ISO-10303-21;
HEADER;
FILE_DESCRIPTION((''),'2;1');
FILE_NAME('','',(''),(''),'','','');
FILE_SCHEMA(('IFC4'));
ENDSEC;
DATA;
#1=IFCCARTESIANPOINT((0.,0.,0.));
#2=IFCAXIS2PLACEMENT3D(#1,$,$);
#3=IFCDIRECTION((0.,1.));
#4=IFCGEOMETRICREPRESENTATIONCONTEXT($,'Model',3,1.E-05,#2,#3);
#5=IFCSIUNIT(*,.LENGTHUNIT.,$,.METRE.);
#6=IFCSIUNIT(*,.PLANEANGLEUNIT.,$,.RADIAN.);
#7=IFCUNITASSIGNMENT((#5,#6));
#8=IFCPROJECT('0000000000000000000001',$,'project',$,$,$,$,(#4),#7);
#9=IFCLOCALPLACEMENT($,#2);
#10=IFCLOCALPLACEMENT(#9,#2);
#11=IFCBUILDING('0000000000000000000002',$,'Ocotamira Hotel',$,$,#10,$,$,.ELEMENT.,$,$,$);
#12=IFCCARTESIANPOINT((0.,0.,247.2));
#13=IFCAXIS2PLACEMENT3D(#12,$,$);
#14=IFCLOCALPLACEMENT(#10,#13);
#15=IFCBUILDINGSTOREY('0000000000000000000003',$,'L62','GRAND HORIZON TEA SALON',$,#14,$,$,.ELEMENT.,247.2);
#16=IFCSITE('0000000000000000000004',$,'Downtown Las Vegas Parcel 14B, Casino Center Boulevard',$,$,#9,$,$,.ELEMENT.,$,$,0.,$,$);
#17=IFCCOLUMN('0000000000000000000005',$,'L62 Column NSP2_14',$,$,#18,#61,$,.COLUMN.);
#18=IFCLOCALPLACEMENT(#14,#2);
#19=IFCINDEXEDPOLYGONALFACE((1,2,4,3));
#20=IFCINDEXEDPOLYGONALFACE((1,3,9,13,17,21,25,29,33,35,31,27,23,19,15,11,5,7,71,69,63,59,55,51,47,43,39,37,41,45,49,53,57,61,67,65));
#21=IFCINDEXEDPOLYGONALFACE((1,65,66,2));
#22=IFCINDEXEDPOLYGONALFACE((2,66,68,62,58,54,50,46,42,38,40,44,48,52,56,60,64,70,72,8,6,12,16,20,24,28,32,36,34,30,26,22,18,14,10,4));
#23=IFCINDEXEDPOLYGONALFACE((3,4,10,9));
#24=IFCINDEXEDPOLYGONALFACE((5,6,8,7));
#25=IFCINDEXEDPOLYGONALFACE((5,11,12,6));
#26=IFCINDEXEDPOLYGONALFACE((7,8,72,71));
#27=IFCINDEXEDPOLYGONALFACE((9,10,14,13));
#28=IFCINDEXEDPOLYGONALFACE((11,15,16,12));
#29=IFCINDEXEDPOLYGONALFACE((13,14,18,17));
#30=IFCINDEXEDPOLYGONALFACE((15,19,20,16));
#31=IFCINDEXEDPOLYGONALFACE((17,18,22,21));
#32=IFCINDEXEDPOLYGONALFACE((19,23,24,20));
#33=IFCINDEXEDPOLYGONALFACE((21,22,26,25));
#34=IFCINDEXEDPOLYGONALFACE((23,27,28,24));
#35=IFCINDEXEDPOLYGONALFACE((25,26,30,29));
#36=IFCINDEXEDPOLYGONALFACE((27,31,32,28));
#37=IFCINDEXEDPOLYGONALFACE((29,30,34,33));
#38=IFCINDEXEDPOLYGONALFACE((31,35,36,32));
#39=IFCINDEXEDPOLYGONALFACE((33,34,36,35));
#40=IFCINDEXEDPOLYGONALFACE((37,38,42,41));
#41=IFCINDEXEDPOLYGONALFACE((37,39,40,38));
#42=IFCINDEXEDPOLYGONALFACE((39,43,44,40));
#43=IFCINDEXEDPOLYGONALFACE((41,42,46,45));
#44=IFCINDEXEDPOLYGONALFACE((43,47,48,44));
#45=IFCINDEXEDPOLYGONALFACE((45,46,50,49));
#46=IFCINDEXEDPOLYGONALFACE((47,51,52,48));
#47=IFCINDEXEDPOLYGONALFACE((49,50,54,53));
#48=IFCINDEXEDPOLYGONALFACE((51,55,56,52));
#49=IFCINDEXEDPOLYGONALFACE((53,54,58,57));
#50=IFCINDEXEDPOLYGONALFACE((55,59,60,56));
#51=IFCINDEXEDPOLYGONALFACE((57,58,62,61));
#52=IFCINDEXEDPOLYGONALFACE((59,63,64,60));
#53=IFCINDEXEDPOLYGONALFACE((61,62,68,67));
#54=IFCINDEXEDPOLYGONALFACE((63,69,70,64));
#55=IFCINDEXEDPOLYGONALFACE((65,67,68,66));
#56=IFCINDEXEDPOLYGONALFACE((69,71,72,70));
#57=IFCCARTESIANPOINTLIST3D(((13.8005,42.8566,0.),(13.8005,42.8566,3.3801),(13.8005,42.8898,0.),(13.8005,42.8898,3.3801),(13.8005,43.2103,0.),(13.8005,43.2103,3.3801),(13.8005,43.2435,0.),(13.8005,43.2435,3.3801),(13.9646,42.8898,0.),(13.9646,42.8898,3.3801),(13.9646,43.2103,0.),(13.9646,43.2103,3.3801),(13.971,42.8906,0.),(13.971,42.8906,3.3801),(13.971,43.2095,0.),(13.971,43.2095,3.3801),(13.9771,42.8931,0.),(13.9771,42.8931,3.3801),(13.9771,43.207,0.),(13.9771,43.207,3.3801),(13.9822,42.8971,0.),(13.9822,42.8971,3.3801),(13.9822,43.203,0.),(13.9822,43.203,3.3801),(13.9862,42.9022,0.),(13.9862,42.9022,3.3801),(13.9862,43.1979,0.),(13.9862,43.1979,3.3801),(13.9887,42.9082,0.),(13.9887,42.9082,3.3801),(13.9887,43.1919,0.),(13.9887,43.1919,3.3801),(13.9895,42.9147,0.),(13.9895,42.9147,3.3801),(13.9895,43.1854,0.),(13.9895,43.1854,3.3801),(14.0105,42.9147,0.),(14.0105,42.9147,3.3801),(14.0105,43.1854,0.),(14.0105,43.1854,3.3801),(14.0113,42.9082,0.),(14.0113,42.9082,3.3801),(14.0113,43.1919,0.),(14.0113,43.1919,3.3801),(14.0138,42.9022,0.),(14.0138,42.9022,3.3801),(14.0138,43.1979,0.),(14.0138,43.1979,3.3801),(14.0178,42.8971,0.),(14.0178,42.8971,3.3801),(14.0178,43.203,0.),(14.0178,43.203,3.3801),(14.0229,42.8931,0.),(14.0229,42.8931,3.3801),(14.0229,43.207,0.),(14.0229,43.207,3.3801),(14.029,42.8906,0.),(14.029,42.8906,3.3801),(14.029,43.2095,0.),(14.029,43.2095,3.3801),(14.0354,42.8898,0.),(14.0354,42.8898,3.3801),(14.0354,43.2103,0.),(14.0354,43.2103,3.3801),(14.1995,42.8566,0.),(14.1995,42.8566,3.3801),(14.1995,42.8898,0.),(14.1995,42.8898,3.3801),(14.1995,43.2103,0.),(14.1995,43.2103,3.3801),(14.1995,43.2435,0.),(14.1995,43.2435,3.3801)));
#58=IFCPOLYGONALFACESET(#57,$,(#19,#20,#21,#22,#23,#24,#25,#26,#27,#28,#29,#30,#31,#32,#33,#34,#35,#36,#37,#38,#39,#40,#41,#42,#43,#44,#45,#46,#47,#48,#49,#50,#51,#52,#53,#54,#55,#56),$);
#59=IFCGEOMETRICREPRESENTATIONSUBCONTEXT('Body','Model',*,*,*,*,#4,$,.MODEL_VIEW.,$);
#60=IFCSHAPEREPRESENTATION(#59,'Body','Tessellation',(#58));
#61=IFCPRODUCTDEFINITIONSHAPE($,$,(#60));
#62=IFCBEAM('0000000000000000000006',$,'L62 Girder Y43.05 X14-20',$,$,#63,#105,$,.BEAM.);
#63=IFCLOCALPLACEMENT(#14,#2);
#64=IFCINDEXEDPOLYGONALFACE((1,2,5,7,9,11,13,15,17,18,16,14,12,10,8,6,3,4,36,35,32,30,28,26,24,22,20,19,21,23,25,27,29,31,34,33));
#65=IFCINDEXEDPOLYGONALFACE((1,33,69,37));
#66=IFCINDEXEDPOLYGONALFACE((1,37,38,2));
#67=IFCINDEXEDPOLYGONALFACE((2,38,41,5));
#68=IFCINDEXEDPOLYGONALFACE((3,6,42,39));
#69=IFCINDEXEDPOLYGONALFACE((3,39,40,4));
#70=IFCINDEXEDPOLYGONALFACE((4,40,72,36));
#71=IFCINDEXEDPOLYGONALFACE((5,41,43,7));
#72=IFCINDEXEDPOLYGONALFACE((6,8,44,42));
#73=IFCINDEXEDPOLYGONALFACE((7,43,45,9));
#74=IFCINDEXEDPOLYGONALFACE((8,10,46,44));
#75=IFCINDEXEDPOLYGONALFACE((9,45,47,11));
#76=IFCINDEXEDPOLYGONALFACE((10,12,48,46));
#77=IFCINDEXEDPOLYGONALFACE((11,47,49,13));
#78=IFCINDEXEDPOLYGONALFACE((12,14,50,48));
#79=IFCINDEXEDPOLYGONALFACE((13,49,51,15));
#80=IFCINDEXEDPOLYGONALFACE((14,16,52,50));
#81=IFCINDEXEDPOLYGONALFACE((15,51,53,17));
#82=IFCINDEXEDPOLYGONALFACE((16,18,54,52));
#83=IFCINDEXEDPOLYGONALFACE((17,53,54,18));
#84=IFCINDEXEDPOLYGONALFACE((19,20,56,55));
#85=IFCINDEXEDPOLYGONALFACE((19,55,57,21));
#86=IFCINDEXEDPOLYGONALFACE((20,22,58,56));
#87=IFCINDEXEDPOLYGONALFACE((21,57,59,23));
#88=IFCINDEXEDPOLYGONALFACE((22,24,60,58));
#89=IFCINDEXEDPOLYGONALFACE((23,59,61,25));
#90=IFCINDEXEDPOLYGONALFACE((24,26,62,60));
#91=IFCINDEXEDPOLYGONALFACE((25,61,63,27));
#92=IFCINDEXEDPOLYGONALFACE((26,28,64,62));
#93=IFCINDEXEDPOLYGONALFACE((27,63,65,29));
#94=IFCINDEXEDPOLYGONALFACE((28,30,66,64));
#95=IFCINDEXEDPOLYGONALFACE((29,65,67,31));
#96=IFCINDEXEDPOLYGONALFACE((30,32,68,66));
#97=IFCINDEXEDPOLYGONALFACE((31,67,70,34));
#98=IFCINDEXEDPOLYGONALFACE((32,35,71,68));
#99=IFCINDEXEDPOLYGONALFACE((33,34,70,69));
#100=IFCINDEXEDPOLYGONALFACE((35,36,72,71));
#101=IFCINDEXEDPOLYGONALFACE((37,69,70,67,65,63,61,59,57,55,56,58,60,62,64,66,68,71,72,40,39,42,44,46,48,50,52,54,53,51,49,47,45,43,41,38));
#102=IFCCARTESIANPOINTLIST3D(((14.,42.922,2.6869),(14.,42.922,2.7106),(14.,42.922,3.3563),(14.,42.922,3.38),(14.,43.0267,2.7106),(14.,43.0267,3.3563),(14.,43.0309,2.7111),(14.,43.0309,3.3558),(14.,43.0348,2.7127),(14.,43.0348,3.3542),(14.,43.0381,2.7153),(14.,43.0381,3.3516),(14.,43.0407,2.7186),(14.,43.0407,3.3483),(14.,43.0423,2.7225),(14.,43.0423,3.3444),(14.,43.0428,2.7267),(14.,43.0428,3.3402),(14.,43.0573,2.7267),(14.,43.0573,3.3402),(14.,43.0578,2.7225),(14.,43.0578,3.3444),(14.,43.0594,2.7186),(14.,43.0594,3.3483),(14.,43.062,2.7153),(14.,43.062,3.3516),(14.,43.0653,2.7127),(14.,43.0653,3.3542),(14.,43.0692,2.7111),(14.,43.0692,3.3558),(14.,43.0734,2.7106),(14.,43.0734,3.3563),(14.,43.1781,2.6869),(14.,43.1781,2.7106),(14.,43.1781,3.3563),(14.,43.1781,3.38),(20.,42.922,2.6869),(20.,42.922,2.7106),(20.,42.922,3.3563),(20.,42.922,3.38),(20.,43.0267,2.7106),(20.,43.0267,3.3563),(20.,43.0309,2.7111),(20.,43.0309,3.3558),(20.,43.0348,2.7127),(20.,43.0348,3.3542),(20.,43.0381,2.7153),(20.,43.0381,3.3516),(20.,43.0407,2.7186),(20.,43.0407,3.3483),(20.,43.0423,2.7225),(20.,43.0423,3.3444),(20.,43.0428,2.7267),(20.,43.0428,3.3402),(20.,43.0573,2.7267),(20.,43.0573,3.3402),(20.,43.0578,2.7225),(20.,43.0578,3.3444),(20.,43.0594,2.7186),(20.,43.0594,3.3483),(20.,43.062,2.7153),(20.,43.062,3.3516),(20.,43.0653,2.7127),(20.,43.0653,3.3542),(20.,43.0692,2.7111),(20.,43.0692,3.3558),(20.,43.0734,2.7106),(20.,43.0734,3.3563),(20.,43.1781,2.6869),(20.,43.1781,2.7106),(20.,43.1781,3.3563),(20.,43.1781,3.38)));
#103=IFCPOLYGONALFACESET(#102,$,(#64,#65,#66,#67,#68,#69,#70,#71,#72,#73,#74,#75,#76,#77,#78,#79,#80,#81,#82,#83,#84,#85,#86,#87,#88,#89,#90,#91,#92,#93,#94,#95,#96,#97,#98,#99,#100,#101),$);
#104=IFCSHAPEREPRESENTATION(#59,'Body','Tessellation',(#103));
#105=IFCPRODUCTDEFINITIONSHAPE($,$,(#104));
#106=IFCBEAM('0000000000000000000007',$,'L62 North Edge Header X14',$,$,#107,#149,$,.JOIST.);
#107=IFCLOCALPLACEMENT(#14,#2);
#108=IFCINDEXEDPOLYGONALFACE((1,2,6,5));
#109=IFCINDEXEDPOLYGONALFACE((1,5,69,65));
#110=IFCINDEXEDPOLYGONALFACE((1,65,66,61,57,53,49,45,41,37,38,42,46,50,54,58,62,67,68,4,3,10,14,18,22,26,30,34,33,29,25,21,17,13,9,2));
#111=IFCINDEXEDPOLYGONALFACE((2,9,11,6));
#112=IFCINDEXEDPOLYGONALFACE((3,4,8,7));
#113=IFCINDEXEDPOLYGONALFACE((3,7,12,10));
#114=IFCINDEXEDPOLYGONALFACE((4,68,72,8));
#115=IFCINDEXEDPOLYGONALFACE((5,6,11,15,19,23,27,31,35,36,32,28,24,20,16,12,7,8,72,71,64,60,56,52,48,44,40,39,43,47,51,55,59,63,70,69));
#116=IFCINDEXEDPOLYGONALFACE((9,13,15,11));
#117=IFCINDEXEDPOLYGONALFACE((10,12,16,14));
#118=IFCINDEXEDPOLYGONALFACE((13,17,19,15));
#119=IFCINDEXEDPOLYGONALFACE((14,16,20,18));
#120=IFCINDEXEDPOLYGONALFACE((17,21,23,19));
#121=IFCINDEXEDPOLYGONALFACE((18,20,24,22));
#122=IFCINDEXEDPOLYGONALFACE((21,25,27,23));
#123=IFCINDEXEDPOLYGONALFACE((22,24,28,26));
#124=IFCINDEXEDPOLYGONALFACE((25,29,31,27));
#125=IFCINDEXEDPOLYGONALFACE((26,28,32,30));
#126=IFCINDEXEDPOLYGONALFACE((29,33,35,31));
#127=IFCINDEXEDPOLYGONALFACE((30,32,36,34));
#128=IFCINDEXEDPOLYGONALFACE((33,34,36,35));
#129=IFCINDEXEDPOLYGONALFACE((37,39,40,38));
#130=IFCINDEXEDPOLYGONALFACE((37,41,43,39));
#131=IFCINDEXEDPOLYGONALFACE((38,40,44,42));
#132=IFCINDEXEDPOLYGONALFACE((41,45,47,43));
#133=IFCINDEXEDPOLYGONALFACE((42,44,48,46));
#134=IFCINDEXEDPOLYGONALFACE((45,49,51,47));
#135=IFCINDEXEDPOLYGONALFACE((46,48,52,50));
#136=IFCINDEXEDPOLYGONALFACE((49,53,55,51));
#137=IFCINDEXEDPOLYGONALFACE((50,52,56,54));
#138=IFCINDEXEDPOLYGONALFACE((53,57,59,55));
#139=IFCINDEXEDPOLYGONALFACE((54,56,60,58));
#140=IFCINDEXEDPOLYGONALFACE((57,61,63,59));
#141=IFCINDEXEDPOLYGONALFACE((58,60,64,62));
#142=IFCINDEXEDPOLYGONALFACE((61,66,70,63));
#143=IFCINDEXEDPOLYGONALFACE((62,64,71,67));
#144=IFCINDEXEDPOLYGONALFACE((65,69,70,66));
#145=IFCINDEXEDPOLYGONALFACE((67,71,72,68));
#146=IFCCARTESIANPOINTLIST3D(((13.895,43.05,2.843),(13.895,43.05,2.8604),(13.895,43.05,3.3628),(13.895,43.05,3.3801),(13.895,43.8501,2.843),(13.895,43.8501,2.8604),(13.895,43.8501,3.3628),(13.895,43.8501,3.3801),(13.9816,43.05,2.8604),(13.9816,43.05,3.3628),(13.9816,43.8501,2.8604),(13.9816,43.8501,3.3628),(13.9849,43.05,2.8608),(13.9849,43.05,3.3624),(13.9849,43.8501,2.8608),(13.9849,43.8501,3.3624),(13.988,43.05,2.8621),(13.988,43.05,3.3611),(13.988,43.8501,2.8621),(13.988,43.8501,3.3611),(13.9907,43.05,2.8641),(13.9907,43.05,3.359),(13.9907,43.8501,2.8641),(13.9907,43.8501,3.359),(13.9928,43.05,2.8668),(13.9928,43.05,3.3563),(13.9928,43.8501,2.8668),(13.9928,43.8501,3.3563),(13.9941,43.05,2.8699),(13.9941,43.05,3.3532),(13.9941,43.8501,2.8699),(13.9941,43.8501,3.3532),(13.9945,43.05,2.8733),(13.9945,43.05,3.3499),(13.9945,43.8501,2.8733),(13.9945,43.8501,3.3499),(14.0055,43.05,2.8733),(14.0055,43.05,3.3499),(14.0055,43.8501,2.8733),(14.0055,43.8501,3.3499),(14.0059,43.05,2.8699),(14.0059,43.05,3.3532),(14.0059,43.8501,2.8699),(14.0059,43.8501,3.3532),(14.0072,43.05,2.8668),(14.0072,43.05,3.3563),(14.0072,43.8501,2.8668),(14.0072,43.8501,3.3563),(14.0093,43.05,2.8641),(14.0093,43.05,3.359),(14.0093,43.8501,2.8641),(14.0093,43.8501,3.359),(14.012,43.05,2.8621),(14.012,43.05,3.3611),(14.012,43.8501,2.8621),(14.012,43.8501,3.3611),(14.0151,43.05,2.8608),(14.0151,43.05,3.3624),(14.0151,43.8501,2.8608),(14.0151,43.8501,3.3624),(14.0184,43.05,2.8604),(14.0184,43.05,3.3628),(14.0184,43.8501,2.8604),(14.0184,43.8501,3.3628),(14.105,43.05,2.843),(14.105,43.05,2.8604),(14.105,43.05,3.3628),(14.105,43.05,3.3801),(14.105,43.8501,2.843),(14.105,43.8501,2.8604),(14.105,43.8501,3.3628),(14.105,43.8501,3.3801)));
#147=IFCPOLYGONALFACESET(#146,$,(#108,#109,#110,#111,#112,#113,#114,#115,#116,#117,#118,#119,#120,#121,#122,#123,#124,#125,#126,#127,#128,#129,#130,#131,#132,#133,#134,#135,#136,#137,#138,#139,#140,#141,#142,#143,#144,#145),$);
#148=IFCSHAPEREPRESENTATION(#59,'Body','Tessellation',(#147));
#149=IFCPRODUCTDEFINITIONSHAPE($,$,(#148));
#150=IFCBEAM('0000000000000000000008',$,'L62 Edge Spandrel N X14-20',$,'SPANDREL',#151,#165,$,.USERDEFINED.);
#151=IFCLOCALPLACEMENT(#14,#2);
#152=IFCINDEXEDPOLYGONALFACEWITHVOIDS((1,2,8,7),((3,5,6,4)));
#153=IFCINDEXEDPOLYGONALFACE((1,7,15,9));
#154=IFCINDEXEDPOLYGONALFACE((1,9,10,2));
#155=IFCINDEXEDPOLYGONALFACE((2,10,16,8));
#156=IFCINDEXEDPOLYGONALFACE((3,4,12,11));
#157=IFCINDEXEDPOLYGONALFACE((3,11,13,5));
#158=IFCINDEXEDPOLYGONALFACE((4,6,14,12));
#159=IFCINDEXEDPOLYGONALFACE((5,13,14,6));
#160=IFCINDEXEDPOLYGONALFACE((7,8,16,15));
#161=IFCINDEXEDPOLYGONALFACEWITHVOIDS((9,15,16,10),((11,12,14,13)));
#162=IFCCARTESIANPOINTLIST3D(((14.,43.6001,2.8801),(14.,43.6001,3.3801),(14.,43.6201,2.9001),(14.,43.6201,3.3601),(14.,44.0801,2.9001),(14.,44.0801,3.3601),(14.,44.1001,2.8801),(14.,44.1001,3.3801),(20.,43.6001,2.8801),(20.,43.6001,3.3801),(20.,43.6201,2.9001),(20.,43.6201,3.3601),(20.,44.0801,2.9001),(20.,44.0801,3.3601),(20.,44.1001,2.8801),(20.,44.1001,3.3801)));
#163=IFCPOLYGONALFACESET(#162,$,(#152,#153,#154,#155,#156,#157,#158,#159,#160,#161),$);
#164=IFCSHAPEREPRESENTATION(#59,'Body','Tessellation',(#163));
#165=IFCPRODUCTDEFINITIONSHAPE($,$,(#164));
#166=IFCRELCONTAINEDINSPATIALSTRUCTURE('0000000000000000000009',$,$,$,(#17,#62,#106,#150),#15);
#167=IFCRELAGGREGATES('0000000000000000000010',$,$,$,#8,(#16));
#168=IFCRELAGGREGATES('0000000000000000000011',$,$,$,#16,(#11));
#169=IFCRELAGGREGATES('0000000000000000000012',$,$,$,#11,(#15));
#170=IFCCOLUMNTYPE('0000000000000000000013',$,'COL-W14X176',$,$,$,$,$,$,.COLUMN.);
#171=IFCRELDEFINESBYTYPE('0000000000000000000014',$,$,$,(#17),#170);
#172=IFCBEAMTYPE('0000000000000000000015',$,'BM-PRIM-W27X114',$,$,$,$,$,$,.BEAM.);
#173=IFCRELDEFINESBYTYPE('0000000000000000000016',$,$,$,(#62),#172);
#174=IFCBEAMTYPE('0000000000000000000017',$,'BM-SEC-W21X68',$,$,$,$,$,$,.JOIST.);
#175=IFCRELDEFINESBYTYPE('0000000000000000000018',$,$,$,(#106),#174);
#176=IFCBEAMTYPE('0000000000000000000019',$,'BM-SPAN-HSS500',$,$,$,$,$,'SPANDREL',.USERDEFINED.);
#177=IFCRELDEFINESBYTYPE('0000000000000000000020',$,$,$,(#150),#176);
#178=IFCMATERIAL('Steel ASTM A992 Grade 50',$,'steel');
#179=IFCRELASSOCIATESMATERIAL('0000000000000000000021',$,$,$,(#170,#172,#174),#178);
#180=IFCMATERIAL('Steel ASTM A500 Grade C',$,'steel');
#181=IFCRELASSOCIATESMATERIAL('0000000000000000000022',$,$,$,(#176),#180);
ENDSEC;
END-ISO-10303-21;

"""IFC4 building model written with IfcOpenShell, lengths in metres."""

from ifc_helpers import new_model, si_unit, direction, frame, origin, origin_2d, place, context, subcontext, project, spatial, hollow_rectangle, i_section, extrude, source, transform, mapped, material, material_profile, profile_set, type_object, element, save


model = new_model("IFC4")

# Units and contexts
model_context = context("Model", 3, precision=1e-05, world=origin(), true_north=direction((0.0, 1.0)))
body_context = subcontext(model_context, "Body", "Model", "MODEL_VIEW")
ifc_project = project(units=[si_unit("LENGTHUNIT", "METRE"), si_unit("PLANEANGLEUNIT", "RADIAN")], contexts=[model_context])

# Site, building, storey
site_placement = place(None, origin())
site = spatial("IfcSite", under=ifc_project, at=site_placement, Name="Downtown Las Vegas Parcel 14B, Casino Center Boulevard", CompositionType="ELEMENT", RefElevation=0.0)
building_placement = place(site_placement, origin())
building = spatial("IfcBuilding", under=site, at=building_placement, Name="Ocotamira Hotel", CompositionType="ELEMENT")
storey_placement = place(building_placement, frame((0.0, 0.0, 247.2)))
storey = spatial("IfcBuildingStorey", under=building, at=storey_placement, Name="L62", Description="GRAND HORIZON TEA SALON", CompositionType="ELEMENT", Elevation=247.2)

# Column
ifc_material_1 = material(Name="Steel ASTM A992 Grade 50", Category="steel")
ifc_material_profile_1 = material_profile(ifc_material_1, i_section(OverallWidth=0.3989, OverallDepth=0.387, WebThickness=0.021, FlangeThickness=0.0332, FilletRadius=0.0249, at=origin_2d()), Name="W14X176")
ifc_profile_set_1 = profile_set([ifc_material_profile_1], Name="Steel ASTM A992 Grade 50")
column_type = type_object("IfcColumnType", Name="COL-W14X176", PredefinedType="COLUMN", material=ifc_profile_set_1)
shared_shape_1 = source(origin(), body_context, "Body", "SweptSolid", [
    extrude(i_section(OverallWidth=0.3989, OverallDepth=0.387, WebThickness=0.021, FlangeThickness=0.0332, FilletRadius=0.0249, at=origin_2d()), origin(), (0.0, 0.0, 1.0), 3.3801),
])
column_placement = place(storey_placement, frame((14.0, 43.05, 0.0), z_axis=(0.0, 0.0, 1.0), x_axis=(1.0, 0.0, 0.0)))
element("IfcColumn", 1, at=column_placement, inside=storey, type_object=column_type, Name="L62 Column NSP2_14", PredefinedType="COLUMN", context=body_context, shape_type="MappedRepresentation", body=[
    mapped(shared_shape_1, transform((0.0, 0.0, 0.0), scale=1.0)),
])

# Beams
ifc_material_profile_2 = material_profile(ifc_material_1, i_section(OverallWidth=0.2561, OverallDepth=0.6931, WebThickness=0.0144, FlangeThickness=0.0237, FilletRadius=0.0161, at=origin_2d()), Name="W27X114")
ifc_profile_set_2 = profile_set([ifc_material_profile_2], Name="Steel ASTM A992 Grade 50")
beam_type_1 = type_object("IfcBeamType", Name="BM-PRIM-W27X114", PredefinedType="BEAM", material=ifc_profile_set_2)
shared_shape_2 = source(origin(), body_context, "Body", "SweptSolid", [
    extrude(i_section(OverallWidth=0.2561, OverallDepth=0.6931, WebThickness=0.0144, FlangeThickness=0.0237, FilletRadius=0.0161, at=origin_2d()), origin(), (0.0, 0.0, 1.0), 6.0),
])
beam_1_placement = place(storey_placement, frame((14.0, 43.05, 3.0334), z_axis=(1.0, 0.0, 0.0), x_axis=(0.0, 1.0, 0.0)))
element("IfcBeam", 2, at=beam_1_placement, inside=storey, type_object=beam_type_1, Name="L62 Girder Y43.05 X14-20", PredefinedType="BEAM", context=body_context, shape_type="MappedRepresentation", body=[
    mapped(shared_shape_2, transform((0.0, 0.0, 0.0), scale=1.0)),
])
ifc_material_profile_3 = material_profile(ifc_material_1, i_section(OverallWidth=0.21, OverallDepth=0.5371, WebThickness=0.011, FlangeThickness=0.0173, FilletRadius=0.0129, at=origin_2d()), Name="W21X68")
ifc_profile_set_3 = profile_set([ifc_material_profile_3], Name="Steel ASTM A992 Grade 50")
beam_type_2 = type_object("IfcBeamType", Name="BM-SEC-W21X68", PredefinedType="JOIST", material=ifc_profile_set_3)
shared_shape_3 = source(origin(), body_context, "Body", "SweptSolid", [
    extrude(i_section(OverallWidth=0.21, OverallDepth=0.5371, WebThickness=0.011, FlangeThickness=0.0173, FilletRadius=0.0129, at=origin_2d()), origin(), (0.0, 0.0, 1.0), 0.8),
])
beam_2_placement = place(storey_placement, frame((14.0, 43.05, 3.1116), z_axis=(0.0, 1.0, 0.0), x_axis=(-1.0, 0.0, 0.0)))
element("IfcBeam", 3, at=beam_2_placement, inside=storey, type_object=beam_type_2, Name="L62 North Edge Header X14", PredefinedType="JOIST", context=body_context, shape_type="MappedRepresentation", body=[
    mapped(shared_shape_3, transform((0.0, 0.0, 0.0), scale=1.0)),
])
ifc_material_2 = material(Name="Steel ASTM A500 Grade C", Category="steel")
ifc_material_profile_4 = material_profile(ifc_material_2, hollow_rectangle(XDim=0.5, YDim=0.5, WallThickness=0.02, at=origin_2d()), Name="HSS500X500X20")
ifc_profile_set_4 = profile_set([ifc_material_profile_4], Name="Steel ASTM A500 Grade C")
beam_type_3 = type_object("IfcBeamType", Name="BM-SPAN-HSS500", ElementType="SPANDREL", PredefinedType="USERDEFINED", material=ifc_profile_set_4)
shared_shape_4 = source(origin(), body_context, "Body", "SweptSolid", [
    extrude(hollow_rectangle(XDim=0.5, YDim=0.5, WallThickness=0.02, at=origin_2d()), origin(), (0.0, 0.0, 1.0), 6.0),
])
beam_3_placement = place(storey_placement, frame((14.0, 43.8501, 3.1301), z_axis=(1.0, 0.0, 0.0), x_axis=(0.0, 1.0, 0.0)))
element("IfcBeam", 4, at=beam_3_placement, inside=storey, type_object=beam_type_3, Name="L62 Edge Spandrel N X14-20", ObjectType="SPANDREL", PredefinedType="USERDEFINED", context=body_context, shape_type="MappedRepresentation", body=[
    mapped(shared_shape_4, transform((0.0, 0.0, 0.0), scale=1.0)),
])

save(model, "model.ifc")
